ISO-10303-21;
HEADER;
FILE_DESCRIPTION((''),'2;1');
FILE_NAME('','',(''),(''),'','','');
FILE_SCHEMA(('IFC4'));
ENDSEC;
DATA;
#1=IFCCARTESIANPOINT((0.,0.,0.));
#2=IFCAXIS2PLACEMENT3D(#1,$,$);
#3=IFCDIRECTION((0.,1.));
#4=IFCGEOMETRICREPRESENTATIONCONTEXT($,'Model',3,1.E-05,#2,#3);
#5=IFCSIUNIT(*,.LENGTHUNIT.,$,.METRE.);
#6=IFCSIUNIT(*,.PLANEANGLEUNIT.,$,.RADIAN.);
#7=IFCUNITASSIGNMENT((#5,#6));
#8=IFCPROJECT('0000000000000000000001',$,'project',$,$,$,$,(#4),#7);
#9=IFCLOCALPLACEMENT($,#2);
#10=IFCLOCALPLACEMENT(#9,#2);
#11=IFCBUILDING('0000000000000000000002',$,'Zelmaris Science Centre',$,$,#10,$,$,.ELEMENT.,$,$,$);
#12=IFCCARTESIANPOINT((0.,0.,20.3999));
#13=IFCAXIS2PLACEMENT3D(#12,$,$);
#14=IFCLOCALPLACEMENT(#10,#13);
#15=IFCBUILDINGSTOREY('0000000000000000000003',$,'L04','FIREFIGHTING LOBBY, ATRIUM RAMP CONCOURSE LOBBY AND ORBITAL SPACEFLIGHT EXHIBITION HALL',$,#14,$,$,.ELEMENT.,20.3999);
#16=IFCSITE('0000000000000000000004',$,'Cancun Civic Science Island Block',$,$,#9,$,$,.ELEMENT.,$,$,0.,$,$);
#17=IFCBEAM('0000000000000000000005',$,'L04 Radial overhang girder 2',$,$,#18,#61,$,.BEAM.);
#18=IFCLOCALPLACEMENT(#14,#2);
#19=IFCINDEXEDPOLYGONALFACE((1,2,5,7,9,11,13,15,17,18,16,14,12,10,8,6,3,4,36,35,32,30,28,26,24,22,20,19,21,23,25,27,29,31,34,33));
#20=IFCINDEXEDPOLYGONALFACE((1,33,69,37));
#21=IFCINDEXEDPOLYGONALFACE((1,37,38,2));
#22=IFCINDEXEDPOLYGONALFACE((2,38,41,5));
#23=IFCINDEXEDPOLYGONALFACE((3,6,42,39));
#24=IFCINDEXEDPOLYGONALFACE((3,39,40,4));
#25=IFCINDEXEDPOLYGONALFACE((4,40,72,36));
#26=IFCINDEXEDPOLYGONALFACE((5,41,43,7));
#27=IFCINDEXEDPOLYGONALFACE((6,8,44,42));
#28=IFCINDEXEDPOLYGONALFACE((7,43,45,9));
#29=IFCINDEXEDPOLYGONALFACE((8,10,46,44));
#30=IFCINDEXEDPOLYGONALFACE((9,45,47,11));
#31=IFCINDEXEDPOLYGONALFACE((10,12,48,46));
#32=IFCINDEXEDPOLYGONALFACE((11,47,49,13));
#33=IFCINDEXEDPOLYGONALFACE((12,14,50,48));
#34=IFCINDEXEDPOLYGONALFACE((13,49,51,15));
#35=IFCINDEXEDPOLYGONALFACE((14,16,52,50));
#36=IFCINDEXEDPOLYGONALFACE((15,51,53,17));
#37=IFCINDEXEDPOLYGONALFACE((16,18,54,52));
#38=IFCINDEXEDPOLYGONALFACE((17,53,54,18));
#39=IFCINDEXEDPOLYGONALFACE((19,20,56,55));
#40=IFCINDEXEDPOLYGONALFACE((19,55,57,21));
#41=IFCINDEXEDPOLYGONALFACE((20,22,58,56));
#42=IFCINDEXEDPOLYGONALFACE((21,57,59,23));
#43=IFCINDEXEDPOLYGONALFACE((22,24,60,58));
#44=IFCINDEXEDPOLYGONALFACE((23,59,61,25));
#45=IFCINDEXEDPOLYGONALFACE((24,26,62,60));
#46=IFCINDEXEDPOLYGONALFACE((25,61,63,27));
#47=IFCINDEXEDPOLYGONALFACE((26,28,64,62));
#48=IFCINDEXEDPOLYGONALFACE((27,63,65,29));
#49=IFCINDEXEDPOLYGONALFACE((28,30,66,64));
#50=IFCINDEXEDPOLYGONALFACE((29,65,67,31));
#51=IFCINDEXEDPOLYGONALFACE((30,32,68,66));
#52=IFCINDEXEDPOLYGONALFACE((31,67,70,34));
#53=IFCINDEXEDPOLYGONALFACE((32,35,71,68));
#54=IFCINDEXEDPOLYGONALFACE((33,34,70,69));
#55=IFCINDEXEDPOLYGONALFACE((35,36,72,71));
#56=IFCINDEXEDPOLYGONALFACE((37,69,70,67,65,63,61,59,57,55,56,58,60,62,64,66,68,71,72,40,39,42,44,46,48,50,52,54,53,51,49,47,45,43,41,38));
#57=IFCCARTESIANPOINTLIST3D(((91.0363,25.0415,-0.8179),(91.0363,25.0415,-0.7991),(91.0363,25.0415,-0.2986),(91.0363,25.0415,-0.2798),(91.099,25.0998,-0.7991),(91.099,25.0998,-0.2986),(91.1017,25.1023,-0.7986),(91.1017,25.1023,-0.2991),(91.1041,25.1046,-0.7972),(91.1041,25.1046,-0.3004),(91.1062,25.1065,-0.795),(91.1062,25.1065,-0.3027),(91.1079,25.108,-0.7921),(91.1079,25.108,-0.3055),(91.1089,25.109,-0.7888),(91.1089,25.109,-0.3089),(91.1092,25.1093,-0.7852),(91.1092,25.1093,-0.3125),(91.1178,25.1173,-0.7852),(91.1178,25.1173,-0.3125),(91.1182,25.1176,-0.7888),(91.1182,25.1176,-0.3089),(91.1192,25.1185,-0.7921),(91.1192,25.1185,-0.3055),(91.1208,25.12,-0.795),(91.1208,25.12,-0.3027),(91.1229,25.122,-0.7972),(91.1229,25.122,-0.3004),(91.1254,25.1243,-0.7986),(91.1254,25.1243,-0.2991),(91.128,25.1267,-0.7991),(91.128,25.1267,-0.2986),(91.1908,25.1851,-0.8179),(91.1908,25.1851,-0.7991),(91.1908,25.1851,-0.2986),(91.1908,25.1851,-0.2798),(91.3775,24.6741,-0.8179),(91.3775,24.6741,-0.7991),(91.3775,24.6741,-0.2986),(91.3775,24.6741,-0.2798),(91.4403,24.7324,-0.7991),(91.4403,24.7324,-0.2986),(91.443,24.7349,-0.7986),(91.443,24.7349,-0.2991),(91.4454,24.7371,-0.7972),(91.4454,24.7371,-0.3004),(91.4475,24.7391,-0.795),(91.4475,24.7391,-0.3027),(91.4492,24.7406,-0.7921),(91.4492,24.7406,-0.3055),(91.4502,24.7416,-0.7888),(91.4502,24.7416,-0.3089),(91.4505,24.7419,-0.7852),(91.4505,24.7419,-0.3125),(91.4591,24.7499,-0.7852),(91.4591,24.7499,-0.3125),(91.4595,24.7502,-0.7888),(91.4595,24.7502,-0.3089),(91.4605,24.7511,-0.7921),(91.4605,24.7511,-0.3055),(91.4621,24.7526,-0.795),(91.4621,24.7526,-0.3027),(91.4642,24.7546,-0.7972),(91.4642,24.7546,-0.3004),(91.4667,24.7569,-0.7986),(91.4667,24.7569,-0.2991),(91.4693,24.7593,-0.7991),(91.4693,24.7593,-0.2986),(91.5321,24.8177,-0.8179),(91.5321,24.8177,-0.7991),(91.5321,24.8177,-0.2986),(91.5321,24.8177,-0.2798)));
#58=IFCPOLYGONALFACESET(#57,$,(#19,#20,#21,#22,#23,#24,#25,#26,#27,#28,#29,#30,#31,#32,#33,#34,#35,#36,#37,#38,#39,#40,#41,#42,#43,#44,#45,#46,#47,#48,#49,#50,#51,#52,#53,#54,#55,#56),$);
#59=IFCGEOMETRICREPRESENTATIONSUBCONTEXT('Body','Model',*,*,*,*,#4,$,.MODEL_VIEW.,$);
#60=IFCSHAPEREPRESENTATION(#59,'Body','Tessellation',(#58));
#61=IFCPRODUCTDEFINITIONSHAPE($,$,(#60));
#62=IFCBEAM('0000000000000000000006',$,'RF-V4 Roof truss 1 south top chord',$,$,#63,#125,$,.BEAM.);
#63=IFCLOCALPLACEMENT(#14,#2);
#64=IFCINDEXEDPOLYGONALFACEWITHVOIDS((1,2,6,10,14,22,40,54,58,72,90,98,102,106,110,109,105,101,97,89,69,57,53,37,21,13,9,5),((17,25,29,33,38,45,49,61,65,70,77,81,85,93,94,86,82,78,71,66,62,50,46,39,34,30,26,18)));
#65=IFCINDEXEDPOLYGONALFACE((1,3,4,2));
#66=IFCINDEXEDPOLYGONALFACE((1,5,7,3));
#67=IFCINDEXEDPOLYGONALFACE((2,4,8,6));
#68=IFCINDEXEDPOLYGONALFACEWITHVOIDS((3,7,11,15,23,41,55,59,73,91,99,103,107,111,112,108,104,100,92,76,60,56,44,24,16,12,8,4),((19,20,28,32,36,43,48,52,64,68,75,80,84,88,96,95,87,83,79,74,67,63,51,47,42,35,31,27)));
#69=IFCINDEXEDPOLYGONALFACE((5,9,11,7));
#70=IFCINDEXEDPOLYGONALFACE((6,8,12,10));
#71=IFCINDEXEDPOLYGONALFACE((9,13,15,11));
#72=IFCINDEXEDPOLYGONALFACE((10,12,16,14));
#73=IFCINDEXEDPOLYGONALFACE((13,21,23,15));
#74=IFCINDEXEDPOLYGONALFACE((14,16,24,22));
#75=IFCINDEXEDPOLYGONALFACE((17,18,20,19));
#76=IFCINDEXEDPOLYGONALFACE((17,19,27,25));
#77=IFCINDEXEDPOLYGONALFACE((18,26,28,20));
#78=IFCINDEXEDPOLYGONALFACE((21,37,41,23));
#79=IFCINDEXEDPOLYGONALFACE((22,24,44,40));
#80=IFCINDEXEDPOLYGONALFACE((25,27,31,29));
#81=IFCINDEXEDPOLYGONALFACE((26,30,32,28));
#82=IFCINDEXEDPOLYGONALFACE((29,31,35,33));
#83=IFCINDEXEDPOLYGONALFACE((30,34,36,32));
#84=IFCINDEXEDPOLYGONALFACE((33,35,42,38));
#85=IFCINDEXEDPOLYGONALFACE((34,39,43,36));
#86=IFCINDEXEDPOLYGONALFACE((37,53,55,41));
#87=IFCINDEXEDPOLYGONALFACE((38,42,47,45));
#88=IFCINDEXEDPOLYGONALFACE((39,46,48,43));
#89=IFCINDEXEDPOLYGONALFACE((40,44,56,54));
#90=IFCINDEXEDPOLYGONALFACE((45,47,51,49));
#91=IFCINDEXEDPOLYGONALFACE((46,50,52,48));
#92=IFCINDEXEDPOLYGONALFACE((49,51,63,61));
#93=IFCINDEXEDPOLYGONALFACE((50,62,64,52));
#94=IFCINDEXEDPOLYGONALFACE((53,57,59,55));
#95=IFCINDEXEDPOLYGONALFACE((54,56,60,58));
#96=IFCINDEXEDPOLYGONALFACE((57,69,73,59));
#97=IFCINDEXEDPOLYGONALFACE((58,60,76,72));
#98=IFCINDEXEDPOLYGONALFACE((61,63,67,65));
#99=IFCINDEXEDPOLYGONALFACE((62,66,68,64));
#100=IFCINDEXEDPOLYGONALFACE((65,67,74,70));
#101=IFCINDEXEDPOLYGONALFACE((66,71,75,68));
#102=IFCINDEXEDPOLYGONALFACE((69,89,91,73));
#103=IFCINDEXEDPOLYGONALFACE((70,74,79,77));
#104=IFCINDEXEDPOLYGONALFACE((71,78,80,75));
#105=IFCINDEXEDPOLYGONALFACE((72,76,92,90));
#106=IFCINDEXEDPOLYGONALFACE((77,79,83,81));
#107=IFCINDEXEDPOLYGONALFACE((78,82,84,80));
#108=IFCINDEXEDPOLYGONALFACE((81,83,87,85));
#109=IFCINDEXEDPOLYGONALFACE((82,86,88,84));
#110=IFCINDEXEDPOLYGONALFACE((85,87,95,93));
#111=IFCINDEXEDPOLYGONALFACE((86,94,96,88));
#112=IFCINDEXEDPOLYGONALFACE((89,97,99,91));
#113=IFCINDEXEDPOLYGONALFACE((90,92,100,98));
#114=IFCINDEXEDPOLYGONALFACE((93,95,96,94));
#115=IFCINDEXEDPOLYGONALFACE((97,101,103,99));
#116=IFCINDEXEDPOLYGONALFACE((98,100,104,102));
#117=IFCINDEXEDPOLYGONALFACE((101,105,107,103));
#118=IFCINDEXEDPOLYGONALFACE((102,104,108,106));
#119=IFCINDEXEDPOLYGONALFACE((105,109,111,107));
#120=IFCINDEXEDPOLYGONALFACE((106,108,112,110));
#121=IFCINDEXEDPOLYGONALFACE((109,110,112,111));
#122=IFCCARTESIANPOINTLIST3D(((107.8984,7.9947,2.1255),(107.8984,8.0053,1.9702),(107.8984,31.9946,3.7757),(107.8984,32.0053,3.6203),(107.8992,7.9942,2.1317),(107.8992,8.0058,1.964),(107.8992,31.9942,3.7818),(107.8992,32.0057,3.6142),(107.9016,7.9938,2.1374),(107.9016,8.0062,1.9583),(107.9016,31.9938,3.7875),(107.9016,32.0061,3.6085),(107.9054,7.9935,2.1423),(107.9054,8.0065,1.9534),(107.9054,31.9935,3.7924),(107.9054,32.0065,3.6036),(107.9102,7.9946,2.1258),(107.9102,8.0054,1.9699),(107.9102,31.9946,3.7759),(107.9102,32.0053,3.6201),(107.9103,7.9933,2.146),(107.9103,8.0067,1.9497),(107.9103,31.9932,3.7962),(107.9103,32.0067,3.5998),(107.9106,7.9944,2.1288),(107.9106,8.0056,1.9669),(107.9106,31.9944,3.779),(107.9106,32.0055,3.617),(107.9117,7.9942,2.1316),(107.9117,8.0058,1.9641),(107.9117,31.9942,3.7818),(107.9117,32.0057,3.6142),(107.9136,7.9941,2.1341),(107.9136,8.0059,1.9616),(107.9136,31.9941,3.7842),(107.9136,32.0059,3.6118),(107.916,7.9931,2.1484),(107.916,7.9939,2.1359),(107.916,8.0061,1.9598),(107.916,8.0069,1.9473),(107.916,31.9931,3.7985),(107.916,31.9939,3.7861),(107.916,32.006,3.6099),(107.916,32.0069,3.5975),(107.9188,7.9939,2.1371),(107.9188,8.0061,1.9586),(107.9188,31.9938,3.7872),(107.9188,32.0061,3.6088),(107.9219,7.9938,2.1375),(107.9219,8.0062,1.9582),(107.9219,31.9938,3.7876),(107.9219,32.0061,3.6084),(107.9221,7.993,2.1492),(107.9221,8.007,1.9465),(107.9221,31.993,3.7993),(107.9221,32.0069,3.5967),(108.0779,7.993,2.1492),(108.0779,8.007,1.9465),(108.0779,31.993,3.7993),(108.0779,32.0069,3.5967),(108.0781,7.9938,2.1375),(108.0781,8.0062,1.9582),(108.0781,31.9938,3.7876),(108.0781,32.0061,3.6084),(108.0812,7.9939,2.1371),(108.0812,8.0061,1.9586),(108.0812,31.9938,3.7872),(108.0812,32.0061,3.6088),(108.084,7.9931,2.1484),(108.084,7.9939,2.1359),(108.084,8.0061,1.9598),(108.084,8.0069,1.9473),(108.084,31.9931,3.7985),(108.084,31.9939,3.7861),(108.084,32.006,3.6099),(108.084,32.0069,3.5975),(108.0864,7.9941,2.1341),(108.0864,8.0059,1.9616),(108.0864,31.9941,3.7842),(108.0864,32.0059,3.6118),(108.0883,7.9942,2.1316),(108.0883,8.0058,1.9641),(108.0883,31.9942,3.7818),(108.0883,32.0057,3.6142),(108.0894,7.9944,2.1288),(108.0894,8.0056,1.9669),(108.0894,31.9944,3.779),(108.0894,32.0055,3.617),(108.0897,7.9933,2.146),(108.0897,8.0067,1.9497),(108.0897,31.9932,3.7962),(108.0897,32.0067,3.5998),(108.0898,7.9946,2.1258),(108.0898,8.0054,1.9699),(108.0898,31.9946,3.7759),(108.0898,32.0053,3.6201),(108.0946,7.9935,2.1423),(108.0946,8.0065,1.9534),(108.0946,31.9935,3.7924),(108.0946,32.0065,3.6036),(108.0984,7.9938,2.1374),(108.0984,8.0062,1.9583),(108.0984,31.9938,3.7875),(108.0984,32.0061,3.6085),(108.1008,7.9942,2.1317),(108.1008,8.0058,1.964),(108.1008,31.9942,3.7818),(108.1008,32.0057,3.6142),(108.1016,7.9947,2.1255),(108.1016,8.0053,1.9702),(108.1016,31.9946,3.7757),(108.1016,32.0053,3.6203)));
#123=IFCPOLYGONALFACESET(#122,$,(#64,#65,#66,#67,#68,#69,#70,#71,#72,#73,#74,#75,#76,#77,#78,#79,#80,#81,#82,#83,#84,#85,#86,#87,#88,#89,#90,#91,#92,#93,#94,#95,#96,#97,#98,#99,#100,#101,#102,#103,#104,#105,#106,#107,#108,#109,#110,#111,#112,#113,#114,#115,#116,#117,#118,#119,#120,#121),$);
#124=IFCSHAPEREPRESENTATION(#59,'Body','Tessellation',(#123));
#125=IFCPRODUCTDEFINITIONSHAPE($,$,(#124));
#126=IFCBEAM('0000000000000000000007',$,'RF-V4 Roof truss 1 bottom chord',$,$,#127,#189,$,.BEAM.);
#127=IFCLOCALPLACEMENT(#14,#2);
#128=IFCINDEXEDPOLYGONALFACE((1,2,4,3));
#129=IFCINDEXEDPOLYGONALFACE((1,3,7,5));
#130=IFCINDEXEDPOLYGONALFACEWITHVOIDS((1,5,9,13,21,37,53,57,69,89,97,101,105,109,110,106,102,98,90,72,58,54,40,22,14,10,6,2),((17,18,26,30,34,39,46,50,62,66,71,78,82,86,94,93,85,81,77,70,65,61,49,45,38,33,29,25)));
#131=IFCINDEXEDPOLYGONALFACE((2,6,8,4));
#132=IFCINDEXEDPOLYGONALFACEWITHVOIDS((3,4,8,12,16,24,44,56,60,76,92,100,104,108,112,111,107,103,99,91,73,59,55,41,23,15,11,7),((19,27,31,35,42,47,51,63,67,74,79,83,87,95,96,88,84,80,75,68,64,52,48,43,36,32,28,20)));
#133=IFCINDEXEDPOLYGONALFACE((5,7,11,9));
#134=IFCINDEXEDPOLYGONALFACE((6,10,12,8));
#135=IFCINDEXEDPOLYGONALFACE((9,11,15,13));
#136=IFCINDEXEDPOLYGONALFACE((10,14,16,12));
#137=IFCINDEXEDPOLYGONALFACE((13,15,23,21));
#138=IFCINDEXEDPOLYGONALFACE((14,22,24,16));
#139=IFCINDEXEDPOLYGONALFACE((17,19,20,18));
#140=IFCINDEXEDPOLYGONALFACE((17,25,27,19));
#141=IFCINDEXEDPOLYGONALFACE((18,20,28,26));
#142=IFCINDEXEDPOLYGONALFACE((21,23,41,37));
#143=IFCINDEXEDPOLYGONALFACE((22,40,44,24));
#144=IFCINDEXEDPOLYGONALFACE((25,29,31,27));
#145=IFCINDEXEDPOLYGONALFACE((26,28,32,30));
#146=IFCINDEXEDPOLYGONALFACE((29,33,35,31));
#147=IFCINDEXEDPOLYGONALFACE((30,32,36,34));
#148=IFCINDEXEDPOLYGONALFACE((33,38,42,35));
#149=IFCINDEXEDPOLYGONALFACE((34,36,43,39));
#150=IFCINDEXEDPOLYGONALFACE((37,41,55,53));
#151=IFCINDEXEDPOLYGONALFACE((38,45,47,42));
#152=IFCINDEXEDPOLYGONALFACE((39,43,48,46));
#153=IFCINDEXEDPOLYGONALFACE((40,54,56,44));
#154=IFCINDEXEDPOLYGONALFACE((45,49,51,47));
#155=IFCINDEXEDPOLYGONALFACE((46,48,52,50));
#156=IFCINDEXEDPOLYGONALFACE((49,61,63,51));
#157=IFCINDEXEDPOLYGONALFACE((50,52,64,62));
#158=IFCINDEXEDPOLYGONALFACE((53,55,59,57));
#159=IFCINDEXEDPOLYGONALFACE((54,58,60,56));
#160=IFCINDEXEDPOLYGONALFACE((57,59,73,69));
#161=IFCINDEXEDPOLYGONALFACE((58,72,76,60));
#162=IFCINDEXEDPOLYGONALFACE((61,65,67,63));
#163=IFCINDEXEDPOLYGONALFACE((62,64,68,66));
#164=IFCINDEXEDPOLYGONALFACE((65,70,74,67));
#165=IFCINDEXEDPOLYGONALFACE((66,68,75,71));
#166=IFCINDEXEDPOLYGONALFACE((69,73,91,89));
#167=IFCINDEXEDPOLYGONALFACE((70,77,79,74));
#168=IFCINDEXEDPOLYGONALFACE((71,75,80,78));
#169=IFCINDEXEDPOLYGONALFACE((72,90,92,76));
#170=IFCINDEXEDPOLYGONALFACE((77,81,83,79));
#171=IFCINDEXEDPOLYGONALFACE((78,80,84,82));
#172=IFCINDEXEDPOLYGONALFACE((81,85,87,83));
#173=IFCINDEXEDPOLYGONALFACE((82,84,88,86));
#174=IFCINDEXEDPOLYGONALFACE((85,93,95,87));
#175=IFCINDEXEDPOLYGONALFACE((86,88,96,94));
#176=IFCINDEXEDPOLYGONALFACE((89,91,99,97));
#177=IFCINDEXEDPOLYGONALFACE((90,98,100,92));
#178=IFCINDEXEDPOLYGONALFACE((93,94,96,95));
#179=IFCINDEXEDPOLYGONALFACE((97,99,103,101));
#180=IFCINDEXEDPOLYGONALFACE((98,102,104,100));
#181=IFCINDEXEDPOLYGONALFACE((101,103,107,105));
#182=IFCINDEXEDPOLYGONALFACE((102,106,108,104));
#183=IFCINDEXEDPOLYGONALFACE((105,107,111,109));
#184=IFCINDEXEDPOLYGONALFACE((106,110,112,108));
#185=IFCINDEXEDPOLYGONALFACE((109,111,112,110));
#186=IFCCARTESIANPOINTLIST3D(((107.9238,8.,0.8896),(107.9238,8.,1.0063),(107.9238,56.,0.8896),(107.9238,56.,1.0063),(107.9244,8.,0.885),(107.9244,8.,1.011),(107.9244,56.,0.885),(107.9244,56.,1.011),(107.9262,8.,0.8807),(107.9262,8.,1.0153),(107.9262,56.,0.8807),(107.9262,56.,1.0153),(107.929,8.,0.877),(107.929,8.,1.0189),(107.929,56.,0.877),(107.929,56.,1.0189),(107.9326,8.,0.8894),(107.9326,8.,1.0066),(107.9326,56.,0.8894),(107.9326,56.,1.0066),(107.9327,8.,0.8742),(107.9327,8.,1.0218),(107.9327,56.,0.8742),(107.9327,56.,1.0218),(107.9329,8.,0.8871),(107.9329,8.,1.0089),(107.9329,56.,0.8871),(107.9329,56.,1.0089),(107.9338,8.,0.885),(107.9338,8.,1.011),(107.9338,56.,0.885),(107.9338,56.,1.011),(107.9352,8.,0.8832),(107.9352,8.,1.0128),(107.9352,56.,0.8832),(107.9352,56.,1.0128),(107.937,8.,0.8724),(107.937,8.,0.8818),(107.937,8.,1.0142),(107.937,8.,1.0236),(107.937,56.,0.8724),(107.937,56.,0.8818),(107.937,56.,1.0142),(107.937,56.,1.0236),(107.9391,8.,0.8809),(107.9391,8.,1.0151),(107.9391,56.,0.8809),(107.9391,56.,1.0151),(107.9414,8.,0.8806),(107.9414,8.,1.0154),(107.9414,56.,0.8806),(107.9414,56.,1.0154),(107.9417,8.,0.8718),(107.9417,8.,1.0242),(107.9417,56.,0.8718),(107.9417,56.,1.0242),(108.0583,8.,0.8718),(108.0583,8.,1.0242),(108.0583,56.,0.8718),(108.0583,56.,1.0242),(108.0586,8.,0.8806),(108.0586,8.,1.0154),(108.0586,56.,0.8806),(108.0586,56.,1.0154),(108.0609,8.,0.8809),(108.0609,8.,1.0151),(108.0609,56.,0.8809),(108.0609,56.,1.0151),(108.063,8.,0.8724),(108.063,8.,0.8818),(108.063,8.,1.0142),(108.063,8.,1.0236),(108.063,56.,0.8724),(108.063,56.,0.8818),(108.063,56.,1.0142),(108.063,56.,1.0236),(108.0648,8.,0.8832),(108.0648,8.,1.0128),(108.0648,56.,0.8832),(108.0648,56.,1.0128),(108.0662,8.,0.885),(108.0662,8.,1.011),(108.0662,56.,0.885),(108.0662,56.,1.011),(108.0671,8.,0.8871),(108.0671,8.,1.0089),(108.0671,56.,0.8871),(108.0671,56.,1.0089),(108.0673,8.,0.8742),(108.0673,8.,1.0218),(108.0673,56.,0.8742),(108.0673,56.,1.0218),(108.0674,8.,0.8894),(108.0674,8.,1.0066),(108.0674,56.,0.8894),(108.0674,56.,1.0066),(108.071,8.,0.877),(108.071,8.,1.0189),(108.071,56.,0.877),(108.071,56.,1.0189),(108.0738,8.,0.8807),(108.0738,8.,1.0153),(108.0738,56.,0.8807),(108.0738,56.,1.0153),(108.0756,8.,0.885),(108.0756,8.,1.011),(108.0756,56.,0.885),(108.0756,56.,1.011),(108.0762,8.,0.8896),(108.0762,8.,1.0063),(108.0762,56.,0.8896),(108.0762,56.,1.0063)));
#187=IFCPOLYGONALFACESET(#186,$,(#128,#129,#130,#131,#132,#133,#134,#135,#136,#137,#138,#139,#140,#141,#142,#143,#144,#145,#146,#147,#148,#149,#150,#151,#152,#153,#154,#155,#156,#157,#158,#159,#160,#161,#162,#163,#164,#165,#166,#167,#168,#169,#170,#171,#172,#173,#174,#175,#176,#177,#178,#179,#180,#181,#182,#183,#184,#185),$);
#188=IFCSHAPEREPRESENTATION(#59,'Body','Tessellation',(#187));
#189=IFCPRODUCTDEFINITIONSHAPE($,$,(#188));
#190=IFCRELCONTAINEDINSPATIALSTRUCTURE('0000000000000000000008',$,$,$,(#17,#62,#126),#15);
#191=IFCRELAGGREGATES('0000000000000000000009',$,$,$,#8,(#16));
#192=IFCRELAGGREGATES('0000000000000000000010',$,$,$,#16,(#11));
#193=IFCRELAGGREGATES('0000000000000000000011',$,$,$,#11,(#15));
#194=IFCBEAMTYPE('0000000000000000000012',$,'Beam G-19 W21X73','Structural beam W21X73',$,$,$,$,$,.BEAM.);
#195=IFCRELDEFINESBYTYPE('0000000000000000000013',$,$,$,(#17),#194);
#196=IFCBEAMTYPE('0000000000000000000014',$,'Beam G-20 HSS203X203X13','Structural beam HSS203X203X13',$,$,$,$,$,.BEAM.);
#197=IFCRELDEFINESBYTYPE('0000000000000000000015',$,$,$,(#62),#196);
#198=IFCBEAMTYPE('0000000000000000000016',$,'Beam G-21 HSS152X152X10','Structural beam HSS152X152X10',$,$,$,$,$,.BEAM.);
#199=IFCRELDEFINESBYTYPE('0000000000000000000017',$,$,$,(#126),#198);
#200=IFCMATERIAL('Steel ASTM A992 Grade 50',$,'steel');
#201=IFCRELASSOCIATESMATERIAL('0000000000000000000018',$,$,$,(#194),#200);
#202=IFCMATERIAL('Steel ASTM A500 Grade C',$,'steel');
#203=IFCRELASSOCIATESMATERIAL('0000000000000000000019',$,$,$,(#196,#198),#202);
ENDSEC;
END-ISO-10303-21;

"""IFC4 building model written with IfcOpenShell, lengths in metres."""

from ifc_helpers import new_model, si_unit, direction, frame, origin, origin_2d, place, context, subcontext, project, spatial, hollow_rectangle, i_section, extrude, material, material_profile, profile_set, type_object, element, save


model = new_model("IFC4")

# Units and contexts
model_context = context("Model", 3, precision=1e-05, world=origin(), true_north=direction((0.0, 1.0)))
body_context = subcontext(model_context, "Body", "Model", "MODEL_VIEW")
ifc_project = project(units=[si_unit("LENGTHUNIT", "METRE"), si_unit("PLANEANGLEUNIT", "RADIAN")], contexts=[model_context])

# Site, building, storey
site_placement = place(None, origin())
site = spatial("IfcSite", under=ifc_project, at=site_placement, Name="Cancun Civic Science Island Block", CompositionType="ELEMENT", RefElevation=0.0)
building_placement = place(site_placement, origin())
building = spatial("IfcBuilding", under=site, at=building_placement, Name="Zelmaris Science Centre", CompositionType="ELEMENT")
storey_placement = place(building_placement, frame((0.0, 0.0, 20.3999)))
storey = spatial("IfcBuildingStorey", under=building, at=storey_placement, Name="L04", Description="FIREFIGHTING LOBBY, ATRIUM RAMP CONCOURSE LOBBY AND ORBITAL SPACEFLIGHT EXHIBITION HALL", CompositionType="ELEMENT", Elevation=20.3999)

# Shared definitions
ifc_material_1 = material(Name="Steel ASTM A992 Grade 50", Category="steel")

# Beams
ifc_material_profile_1 = material_profile(ifc_material_1, i_section(OverallWidth=0.2109, OverallDepth=0.5381, WebThickness=0.0117, FlangeThickness=0.0188, FilletRadius=0.0139, at=origin_2d()), Name="W21X73")
ifc_profile_set_1 = profile_set([ifc_material_profile_1], Name="Steel ASTM A992 Grade 50")
beam_type_1 = type_object("IfcBeamType", Name="Beam G-19 W21X73", Description="Structural beam W21X73", PredefinedType="BEAM", material=ifc_profile_set_1)
beam_1_placement = place(storey_placement, frame((91.1135, 25.1133, -0.5488), z_axis=(0.680582, -0.732672, 0.0), x_axis=(0.732672, 0.680582, 0.0)))
element("IfcBeam", 1, at=beam_1_placement, inside=storey, type_object=beam_type_1, Name="L04 Radial overhang girder 2", PredefinedType="BEAM", context=body_context, shape_type="SweptSolid", body=[
    extrude(i_section(OverallWidth=0.2109, OverallDepth=0.5381, WebThickness=0.0117, FlangeThickness=0.0188, FilletRadius=0.0139, at=origin_2d()), origin(), (0.0, 0.0, 1.0), 0.5015),
])
ifc_material_2 = material(Name="Steel ASTM A500 Grade C", Category="steel")
ifc_material_profile_2 = material_profile(ifc_material_2, hollow_rectangle(XDim=0.2031, YDim=0.2031, WallThickness=0.0117, InnerFilletRadius=0.0117, OuterFilletRadius=0.0237, at=origin_2d()), Name="HSS203X203X13")
ifc_profile_set_2 = profile_set([ifc_material_profile_2], Name="Steel ASTM A500 Grade C")
beam_type_2 = type_object("IfcBeamType", Name="Beam G-20 HSS203X203X13", Description="Structural beam HSS203X203X13", PredefinedType="BEAM", material=ifc_profile_set_2)
beam_2_placement = place(storey_placement, frame((108.0, 8.0, 2.0479), z_axis=(0.0, 0.997645, 0.068594), x_axis=(-1.0, 0.0, 0.0)))
element("IfcBeam", 2, at=beam_2_placement, inside=storey, type_object=beam_type_2, Name="RF-V4 Roof truss 1 south top chord", PredefinedType="BEAM", context=body_context, shape_type="SweptSolid", body=[
    extrude(hollow_rectangle(XDim=0.2031, YDim=0.2031, WallThickness=0.0117, InnerFilletRadius=0.0117, OuterFilletRadius=0.0237, at=origin_2d()), origin(), (0.0, 0.0, 1.0), 24.0566),
])
ifc_material_profile_3 = material_profile(ifc_material_2, hollow_rectangle(XDim=0.1523, YDim=0.1523, WallThickness=0.0088, InnerFilletRadius=0.0088, OuterFilletRadius=0.0178, at=origin_2d()), Name="HSS152X152X10")
ifc_profile_set_3 = profile_set([ifc_material_profile_3], Name="Steel ASTM A500 Grade C")
beam_type_3 = type_object("IfcBeamType", Name="Beam G-21 HSS152X152X10", Description="Structural beam HSS152X152X10", PredefinedType="BEAM", material=ifc_profile_set_3)
beam_3_placement = place(storey_placement, frame((108.0, 8.0, 0.948), z_axis=(0.0, 1.0, 0.0), x_axis=(-1.0, 0.0, 0.0)))
element("IfcBeam", 3, at=beam_3_placement, inside=storey, type_object=beam_type_3, Name="RF-V4 Roof truss 1 bottom chord", PredefinedType="BEAM", context=body_context, shape_type="SweptSolid", body=[
    extrude(hollow_rectangle(XDim=0.1523, YDim=0.1523, WallThickness=0.0088, InnerFilletRadius=0.0088, OuterFilletRadius=0.0178, at=origin_2d()), origin(), (0.0, 0.0, 1.0), 48.0),
])

save(model, "model.ifc")
